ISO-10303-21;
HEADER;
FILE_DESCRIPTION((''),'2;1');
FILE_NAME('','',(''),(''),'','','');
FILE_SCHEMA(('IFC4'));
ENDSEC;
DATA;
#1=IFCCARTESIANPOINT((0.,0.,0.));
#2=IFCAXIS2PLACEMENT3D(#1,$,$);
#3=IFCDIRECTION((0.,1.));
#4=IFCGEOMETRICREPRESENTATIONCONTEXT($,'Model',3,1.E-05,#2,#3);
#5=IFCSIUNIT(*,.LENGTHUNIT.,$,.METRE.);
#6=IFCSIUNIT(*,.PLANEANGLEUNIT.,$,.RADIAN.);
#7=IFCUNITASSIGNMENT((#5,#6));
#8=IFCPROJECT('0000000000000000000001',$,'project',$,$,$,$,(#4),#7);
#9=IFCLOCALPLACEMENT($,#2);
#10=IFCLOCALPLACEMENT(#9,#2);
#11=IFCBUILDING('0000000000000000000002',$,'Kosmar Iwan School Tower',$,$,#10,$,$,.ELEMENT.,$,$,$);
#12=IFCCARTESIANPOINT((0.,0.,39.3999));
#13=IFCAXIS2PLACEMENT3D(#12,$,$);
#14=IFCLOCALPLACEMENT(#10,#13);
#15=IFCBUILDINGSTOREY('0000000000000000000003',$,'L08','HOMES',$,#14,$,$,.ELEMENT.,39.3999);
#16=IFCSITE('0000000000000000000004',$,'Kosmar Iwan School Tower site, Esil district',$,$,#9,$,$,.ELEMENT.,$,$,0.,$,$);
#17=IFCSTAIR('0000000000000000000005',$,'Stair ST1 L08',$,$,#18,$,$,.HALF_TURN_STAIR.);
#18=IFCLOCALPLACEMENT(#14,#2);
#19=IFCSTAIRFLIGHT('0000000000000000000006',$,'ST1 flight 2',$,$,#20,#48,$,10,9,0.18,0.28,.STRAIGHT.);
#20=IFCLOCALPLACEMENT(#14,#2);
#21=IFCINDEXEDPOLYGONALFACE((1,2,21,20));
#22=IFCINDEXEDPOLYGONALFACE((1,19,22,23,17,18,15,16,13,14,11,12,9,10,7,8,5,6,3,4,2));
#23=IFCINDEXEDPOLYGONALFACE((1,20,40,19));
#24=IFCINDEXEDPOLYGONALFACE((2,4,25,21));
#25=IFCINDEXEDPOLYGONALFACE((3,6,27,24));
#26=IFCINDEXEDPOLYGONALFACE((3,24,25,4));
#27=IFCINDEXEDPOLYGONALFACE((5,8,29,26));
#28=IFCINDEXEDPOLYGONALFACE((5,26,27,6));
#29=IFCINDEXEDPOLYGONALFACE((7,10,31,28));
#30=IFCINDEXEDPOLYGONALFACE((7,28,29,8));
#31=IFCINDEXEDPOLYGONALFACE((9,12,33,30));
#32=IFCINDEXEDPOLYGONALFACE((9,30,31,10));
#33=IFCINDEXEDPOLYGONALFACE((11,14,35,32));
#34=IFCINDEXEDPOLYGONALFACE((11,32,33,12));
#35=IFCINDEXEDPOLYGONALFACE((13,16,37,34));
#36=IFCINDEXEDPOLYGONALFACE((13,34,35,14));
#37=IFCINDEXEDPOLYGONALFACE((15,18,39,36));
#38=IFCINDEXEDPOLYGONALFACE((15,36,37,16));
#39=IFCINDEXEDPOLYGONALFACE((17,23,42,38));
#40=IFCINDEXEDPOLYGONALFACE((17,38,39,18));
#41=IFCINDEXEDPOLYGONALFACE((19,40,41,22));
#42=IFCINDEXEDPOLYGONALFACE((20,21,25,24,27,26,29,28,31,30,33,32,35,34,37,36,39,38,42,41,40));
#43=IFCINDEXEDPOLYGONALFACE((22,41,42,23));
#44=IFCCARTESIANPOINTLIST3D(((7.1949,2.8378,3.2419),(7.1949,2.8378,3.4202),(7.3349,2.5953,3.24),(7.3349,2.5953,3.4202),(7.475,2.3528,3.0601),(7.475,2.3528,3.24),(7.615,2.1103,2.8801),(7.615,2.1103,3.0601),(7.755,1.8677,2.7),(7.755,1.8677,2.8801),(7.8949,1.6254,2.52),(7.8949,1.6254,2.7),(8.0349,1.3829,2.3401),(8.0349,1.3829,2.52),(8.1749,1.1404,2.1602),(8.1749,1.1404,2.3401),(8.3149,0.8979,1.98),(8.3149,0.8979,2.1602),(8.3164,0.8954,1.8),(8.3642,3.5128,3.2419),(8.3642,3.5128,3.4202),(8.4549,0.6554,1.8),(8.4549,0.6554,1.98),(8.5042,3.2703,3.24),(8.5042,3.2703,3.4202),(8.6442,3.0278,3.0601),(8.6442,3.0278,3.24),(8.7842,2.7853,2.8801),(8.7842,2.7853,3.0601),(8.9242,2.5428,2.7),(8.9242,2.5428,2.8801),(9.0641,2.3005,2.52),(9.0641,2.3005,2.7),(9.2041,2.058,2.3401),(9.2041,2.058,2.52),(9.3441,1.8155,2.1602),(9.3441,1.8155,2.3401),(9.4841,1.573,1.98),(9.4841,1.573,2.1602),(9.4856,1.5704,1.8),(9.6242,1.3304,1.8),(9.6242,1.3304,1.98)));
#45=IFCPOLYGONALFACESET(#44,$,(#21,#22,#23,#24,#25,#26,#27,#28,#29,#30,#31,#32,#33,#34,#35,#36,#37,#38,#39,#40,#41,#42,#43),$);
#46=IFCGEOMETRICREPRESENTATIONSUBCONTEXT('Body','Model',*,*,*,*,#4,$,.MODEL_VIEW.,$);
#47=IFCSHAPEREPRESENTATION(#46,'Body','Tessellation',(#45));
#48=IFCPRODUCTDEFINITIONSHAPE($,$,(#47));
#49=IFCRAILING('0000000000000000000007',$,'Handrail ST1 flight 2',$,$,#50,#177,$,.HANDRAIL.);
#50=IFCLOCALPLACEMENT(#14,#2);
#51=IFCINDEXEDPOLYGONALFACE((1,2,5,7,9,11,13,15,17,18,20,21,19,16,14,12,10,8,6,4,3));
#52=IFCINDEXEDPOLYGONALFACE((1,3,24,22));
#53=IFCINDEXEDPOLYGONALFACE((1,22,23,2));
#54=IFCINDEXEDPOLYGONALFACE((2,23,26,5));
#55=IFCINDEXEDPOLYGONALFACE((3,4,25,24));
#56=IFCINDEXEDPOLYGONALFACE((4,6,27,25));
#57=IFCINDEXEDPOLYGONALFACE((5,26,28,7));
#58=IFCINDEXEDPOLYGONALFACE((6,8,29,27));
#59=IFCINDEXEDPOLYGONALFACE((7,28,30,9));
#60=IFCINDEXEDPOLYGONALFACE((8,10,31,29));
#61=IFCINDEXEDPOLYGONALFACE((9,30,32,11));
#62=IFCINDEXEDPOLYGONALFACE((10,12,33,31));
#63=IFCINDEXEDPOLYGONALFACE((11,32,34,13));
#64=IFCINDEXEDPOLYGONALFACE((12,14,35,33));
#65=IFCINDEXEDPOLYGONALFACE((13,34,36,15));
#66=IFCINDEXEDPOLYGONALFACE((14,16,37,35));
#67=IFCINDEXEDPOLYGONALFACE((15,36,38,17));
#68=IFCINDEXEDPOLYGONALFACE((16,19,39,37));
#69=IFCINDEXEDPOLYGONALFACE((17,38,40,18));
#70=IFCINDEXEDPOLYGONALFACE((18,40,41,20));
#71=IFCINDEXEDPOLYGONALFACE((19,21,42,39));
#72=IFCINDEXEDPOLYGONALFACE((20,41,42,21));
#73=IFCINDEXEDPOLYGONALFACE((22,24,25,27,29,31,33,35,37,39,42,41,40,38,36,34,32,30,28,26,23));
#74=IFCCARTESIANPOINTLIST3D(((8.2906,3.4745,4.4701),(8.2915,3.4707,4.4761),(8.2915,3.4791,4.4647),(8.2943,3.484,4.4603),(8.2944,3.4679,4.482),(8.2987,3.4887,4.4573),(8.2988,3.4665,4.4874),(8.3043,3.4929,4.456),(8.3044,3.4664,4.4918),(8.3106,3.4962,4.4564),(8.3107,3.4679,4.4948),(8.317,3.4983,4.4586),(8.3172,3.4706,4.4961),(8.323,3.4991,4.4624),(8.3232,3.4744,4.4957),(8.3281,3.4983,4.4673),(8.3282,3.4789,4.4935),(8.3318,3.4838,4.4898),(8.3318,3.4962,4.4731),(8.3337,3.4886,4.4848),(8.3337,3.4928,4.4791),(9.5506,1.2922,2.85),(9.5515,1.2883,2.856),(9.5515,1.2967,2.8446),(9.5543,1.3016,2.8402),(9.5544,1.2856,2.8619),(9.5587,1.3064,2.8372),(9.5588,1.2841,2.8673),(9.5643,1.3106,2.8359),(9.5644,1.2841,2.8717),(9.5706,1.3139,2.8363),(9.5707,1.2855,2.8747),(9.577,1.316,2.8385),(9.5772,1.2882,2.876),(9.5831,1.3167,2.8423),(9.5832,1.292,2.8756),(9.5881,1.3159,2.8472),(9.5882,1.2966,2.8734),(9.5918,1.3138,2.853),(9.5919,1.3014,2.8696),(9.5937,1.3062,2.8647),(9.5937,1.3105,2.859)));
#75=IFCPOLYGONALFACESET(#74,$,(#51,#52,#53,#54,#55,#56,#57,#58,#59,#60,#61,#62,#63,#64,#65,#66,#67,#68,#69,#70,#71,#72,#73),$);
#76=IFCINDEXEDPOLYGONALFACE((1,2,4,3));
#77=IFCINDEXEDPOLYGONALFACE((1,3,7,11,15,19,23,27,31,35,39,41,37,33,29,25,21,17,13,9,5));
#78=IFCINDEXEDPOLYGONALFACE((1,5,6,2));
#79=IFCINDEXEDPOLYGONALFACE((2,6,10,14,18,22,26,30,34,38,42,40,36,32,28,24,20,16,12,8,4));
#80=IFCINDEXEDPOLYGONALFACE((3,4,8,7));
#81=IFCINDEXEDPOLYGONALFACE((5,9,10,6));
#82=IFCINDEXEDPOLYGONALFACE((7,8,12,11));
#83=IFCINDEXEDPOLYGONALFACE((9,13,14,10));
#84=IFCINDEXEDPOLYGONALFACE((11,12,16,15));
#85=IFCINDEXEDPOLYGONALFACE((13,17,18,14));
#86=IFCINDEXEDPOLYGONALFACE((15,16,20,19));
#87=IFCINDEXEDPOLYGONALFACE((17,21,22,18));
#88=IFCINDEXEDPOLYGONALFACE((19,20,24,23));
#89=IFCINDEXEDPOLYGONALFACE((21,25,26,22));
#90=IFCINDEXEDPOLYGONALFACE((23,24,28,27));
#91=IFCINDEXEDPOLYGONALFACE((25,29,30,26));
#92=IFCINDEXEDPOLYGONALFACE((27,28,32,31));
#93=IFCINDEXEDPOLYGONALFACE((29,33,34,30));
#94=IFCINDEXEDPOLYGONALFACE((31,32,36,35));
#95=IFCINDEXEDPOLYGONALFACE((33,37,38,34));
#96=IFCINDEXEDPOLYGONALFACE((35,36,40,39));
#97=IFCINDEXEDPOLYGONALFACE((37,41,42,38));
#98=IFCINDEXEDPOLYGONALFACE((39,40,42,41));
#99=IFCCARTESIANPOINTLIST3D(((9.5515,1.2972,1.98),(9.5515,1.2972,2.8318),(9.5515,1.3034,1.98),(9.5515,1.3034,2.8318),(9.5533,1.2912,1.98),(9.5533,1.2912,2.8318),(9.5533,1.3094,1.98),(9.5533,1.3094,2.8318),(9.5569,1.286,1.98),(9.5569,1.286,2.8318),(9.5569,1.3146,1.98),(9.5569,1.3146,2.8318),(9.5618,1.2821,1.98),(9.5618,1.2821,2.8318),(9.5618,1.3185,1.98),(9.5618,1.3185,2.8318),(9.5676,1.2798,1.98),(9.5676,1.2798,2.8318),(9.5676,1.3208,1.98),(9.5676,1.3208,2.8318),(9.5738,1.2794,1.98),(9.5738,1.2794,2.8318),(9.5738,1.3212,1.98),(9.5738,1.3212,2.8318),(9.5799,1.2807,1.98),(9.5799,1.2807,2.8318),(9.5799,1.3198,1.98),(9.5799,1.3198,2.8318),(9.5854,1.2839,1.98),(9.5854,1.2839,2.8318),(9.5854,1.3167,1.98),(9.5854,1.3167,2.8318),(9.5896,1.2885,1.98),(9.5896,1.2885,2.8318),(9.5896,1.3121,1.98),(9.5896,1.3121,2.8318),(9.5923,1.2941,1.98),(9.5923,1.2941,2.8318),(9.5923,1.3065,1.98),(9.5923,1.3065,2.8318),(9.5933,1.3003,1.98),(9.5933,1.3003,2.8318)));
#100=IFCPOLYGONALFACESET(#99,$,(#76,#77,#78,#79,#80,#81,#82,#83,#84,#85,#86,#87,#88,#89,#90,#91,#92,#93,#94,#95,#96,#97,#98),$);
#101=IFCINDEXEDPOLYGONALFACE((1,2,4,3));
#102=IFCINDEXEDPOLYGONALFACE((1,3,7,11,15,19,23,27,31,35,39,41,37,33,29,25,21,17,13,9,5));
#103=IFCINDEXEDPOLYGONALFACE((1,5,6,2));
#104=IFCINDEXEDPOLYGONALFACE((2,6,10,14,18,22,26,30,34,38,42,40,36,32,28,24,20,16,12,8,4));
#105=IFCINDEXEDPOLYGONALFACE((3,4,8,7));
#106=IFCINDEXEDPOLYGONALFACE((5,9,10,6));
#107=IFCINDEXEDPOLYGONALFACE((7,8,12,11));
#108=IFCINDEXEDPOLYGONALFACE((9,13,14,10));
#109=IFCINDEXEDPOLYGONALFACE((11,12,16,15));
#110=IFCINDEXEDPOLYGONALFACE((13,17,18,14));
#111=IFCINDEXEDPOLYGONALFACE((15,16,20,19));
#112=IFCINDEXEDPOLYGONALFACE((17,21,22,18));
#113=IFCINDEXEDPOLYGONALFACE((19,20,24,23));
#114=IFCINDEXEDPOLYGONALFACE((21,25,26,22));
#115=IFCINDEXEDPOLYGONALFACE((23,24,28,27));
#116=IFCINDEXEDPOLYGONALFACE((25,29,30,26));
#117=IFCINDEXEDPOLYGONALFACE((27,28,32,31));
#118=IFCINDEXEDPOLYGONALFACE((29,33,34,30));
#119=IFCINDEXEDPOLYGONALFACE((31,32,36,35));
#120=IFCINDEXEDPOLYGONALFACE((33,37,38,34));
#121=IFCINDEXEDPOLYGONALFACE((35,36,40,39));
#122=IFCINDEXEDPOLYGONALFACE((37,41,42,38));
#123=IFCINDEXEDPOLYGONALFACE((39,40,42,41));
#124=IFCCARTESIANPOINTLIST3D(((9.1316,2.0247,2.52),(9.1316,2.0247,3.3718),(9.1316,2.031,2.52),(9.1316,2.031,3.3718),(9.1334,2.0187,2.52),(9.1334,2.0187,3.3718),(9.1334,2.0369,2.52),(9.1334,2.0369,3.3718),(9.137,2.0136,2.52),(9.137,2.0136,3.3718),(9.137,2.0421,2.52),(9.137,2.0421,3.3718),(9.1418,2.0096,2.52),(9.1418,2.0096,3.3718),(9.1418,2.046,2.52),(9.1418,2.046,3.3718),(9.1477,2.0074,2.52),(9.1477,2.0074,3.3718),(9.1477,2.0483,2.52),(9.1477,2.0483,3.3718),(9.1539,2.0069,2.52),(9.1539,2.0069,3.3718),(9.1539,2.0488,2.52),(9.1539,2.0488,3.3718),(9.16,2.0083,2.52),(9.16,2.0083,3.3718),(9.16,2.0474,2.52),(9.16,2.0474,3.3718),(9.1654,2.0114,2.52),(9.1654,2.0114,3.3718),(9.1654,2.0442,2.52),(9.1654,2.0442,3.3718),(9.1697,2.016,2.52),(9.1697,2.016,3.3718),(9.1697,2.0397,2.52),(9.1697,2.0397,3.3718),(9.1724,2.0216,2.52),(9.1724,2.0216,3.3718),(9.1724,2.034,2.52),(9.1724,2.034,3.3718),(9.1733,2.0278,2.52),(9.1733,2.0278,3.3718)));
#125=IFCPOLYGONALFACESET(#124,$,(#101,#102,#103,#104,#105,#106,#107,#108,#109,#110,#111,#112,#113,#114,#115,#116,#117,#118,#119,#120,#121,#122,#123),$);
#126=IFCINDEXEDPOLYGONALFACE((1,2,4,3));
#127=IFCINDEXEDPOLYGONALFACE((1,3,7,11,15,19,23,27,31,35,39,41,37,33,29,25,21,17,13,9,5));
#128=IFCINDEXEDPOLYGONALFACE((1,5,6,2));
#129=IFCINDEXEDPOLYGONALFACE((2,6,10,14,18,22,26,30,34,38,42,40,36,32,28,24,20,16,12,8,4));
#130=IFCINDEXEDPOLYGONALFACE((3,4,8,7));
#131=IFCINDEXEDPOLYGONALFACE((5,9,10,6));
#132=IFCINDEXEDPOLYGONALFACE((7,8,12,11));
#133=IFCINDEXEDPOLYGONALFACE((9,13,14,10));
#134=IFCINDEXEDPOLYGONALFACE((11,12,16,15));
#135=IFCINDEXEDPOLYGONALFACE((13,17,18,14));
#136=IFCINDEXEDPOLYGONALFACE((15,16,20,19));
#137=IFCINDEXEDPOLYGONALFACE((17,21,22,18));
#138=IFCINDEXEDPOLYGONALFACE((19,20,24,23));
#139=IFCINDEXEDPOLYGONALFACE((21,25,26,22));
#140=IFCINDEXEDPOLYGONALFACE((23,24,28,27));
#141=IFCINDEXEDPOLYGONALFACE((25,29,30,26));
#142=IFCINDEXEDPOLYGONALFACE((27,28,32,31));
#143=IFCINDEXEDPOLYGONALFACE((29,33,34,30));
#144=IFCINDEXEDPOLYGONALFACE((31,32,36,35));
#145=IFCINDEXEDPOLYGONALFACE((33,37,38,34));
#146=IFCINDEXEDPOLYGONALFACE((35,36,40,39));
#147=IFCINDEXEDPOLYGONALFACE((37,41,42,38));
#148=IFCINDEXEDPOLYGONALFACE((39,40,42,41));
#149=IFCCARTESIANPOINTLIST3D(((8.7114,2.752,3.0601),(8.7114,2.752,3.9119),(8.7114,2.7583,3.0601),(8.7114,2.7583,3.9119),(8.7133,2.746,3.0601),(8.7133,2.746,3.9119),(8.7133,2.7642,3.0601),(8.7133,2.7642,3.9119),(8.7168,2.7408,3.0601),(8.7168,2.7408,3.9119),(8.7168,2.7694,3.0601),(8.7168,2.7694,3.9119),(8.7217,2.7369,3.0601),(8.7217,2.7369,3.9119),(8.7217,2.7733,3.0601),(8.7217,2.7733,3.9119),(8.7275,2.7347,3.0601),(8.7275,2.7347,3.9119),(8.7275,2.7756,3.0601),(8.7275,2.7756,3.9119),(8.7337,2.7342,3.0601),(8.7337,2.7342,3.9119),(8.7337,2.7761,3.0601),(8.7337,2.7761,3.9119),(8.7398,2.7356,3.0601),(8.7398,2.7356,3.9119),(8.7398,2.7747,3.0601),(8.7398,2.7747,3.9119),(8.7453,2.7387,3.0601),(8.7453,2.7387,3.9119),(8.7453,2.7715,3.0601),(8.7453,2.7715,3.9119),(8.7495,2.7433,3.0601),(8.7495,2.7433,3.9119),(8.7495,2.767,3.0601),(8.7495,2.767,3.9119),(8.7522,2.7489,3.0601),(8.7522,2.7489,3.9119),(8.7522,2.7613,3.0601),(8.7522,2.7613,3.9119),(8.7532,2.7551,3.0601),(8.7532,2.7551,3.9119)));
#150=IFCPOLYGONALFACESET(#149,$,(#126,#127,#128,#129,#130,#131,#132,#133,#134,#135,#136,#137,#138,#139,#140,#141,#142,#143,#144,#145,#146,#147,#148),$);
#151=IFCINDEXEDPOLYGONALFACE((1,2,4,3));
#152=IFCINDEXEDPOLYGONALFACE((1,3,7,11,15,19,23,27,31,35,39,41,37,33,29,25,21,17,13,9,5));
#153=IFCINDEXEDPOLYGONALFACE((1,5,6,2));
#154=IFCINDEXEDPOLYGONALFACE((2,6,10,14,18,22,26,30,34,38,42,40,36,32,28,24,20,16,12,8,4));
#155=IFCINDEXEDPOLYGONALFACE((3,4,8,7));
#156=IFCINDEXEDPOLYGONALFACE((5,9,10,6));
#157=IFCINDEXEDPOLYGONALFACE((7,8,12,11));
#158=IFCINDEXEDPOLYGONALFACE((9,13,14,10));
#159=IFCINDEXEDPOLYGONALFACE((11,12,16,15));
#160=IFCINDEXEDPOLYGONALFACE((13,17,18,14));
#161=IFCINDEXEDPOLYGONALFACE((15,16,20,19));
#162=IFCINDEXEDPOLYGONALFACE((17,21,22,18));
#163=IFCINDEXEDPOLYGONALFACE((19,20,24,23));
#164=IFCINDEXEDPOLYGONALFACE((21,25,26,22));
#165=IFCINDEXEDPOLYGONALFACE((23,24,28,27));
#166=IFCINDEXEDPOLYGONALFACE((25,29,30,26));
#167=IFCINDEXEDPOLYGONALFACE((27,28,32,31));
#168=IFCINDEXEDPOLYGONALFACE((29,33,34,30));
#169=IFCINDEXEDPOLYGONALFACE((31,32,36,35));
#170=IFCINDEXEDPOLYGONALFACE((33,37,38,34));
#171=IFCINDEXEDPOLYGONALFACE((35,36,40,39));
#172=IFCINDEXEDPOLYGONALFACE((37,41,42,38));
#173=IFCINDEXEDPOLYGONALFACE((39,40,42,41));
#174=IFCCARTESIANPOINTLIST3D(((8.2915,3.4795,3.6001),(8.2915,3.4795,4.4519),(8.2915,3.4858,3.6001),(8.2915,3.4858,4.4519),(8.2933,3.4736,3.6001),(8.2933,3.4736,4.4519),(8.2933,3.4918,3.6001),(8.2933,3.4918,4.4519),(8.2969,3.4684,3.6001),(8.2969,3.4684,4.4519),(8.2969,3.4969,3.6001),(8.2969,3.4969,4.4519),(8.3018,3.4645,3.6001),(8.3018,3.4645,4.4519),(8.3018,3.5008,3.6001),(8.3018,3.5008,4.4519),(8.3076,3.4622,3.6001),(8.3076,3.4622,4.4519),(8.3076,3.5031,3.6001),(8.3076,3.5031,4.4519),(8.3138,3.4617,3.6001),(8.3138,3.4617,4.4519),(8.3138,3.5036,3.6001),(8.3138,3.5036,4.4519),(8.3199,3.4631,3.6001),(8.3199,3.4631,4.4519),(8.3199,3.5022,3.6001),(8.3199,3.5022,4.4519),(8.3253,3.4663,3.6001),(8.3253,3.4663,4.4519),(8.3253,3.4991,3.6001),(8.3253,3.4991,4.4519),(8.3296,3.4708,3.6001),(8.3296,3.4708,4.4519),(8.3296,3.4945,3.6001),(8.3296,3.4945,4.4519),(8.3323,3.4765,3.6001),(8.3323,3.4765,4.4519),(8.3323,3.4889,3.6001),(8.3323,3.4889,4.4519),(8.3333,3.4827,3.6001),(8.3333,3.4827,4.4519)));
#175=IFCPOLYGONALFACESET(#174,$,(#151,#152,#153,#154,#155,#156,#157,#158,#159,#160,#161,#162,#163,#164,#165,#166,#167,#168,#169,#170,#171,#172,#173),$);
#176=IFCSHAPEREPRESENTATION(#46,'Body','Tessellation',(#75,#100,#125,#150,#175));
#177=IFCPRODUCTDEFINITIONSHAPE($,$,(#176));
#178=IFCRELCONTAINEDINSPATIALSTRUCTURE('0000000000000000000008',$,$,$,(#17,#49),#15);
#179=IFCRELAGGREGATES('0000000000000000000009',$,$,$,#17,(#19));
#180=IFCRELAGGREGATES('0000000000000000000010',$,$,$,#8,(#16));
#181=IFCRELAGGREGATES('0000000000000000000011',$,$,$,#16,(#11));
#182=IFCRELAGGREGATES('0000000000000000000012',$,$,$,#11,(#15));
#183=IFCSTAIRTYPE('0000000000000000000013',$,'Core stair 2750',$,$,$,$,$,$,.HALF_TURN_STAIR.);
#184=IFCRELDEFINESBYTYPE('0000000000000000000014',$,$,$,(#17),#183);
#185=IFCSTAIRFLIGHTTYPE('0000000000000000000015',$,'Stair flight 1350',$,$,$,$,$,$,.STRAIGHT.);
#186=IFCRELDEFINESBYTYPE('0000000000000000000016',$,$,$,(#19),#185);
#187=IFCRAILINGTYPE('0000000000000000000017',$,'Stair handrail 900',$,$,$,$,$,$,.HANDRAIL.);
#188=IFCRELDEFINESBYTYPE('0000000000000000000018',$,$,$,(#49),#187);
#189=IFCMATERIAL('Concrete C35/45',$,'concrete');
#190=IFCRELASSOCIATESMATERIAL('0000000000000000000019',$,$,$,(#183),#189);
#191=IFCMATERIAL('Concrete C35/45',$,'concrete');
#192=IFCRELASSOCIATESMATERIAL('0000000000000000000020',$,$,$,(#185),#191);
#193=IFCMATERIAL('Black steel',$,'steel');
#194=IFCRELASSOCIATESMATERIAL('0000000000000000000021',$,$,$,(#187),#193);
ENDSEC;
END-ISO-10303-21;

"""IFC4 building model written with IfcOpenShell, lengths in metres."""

from ifc_helpers import new_model, si_unit, direction, frame, origin, origin_2d, place, context, subcontext, project, spatial, polyline, circle, outline, extrude, material, type_object, element, aggregate, save


model = new_model("IFC4")

# Units and contexts
model_context = context("Model", 3, precision=1e-05, world=origin(), true_north=direction((0.0, 1.0)))
body_context = subcontext(model_context, "Body", "Model", "MODEL_VIEW")
ifc_project = project(units=[si_unit("LENGTHUNIT", "METRE"), si_unit("PLANEANGLEUNIT", "RADIAN")], contexts=[model_context])

# Site, building, storey
site_placement = place(None, origin())
site = spatial("IfcSite", under=ifc_project, at=site_placement, Name="Kosmar Iwan School Tower site, Esil district", CompositionType="ELEMENT", RefElevation=0.0)
building_placement = place(site_placement, origin())
building = spatial("IfcBuilding", under=site, at=building_placement, Name="Kosmar Iwan School Tower", CompositionType="ELEMENT")
storey_placement = place(building_placement, frame((0.0, 0.0, 39.3999)))
storey = spatial("IfcBuildingStorey", under=building, at=storey_placement, Name="L08", Description="HOMES", CompositionType="ELEMENT", Elevation=39.3999)

# Stair, stair flight
ifc_material_1 = material(Name="Concrete C35/45", Category="concrete")
stair_type = type_object("IfcStairType", Name="Core stair 2750", PredefinedType="HALF_TURN_STAIR", material=ifc_material_1)
stair_placement = place(storey_placement, origin())
stair = element("IfcStair", 1, at=stair_placement, inside=storey, type_object=stair_type, Name="Stair ST1 L08", PredefinedType="HALF_TURN_STAIR")
ifc_material_2 = material(Name="Concrete C35/45", Category="concrete")
stair_flight_type = type_object("IfcStairFlightType", Name="Stair flight 1350", PredefinedType="STRAIGHT", material=ifc_material_2)
stair_flight_placement = place(storey_placement, frame((9.0396, 0.9929, 1.8), z_axis=(0.0, 0.0, 1.0), x_axis=(-0.5, 0.866025, 0.0)))
stair_flight = element("IfcStairFlight", 2, at=stair_flight_placement, type_object=stair_flight_type, Name="ST1 flight 2", NumberOfRisers=10, NumberOfTreads=9, PredefinedType="STRAIGHT", RiserHeight=0.18, TreadLength=0.28, context=body_context, shape_type="SweptSolid", body=[
    extrude(outline(polyline([(0.0, 0.0), (0.0, 0.1799), (0.28, 0.1799), (0.28, 0.3601), (0.5601, 0.3601), (0.5601, 0.54), (0.8401, 0.54), (0.8401, 0.72), (1.1201, 0.72), (1.1201, 0.8999), (1.3999, 0.8999), (1.3999, 1.0801), (1.6799, 1.0801), (1.6799, 1.26), (1.96, 1.26), (1.96, 1.4399), (2.24, 1.4399), (2.24, 1.6201), (2.52, 1.6201), (2.52, 1.8), (2.52, 1.4419), (0.2771, 0.0), (0.0, 0.0)])), frame((0.0, 0.675, 0.0), z_axis=(0.0, -1.0, 0.0), x_axis=(1.0, 0.0, 0.0)), (0.0, 0.0, 1.0), 1.3501),
])
aggregate(stair, [stair_flight])

# Railing
ifc_material_3 = material(Name="Black steel", Category="steel")
railing_type = type_object("IfcRailingType", Name="Stair handrail 900", PredefinedType="HANDRAIL", material=ifc_material_3)
railing_placement = place(storey_placement, frame((9.5723, 1.3003, 1.98)))
element("IfcRailing", 3, at=railing_placement, inside=storey, type_object=railing_type, Name="Handrail ST1 flight 2", PredefinedType="HANDRAIL", context=body_context, shape_type="SweptSolid", body=[
    extrude(circle(Radius=0.0239, at=origin_2d()), frame((0.0, 0.0, 0.876), z_axis=(-0.420584, 0.728464, 0.540786), x_axis=(-0.866023, -0.500005, 0.0)), (0.0, 0.0, 1.0), 2.9958),
    extrude(circle(Radius=0.021, at=origin_2d()), origin(), (0.0, 0.0, 1.0), 0.8518),
    extrude(circle(Radius=0.021, at=origin_2d()), frame((-0.4199, 0.7275, 0.54)), (0.0, 0.0, 1.0), 0.8518),
    extrude(circle(Radius=0.021, at=origin_2d()), frame((-0.8401, 1.4548, 1.0801)), (0.0, 0.0, 1.0), 0.8518),
    extrude(circle(Radius=0.021, at=origin_2d()), frame((-1.26, 2.1824, 1.6201)), (0.0, 0.0, 1.0), 0.8518),
])

save(model, "model.ifc")
